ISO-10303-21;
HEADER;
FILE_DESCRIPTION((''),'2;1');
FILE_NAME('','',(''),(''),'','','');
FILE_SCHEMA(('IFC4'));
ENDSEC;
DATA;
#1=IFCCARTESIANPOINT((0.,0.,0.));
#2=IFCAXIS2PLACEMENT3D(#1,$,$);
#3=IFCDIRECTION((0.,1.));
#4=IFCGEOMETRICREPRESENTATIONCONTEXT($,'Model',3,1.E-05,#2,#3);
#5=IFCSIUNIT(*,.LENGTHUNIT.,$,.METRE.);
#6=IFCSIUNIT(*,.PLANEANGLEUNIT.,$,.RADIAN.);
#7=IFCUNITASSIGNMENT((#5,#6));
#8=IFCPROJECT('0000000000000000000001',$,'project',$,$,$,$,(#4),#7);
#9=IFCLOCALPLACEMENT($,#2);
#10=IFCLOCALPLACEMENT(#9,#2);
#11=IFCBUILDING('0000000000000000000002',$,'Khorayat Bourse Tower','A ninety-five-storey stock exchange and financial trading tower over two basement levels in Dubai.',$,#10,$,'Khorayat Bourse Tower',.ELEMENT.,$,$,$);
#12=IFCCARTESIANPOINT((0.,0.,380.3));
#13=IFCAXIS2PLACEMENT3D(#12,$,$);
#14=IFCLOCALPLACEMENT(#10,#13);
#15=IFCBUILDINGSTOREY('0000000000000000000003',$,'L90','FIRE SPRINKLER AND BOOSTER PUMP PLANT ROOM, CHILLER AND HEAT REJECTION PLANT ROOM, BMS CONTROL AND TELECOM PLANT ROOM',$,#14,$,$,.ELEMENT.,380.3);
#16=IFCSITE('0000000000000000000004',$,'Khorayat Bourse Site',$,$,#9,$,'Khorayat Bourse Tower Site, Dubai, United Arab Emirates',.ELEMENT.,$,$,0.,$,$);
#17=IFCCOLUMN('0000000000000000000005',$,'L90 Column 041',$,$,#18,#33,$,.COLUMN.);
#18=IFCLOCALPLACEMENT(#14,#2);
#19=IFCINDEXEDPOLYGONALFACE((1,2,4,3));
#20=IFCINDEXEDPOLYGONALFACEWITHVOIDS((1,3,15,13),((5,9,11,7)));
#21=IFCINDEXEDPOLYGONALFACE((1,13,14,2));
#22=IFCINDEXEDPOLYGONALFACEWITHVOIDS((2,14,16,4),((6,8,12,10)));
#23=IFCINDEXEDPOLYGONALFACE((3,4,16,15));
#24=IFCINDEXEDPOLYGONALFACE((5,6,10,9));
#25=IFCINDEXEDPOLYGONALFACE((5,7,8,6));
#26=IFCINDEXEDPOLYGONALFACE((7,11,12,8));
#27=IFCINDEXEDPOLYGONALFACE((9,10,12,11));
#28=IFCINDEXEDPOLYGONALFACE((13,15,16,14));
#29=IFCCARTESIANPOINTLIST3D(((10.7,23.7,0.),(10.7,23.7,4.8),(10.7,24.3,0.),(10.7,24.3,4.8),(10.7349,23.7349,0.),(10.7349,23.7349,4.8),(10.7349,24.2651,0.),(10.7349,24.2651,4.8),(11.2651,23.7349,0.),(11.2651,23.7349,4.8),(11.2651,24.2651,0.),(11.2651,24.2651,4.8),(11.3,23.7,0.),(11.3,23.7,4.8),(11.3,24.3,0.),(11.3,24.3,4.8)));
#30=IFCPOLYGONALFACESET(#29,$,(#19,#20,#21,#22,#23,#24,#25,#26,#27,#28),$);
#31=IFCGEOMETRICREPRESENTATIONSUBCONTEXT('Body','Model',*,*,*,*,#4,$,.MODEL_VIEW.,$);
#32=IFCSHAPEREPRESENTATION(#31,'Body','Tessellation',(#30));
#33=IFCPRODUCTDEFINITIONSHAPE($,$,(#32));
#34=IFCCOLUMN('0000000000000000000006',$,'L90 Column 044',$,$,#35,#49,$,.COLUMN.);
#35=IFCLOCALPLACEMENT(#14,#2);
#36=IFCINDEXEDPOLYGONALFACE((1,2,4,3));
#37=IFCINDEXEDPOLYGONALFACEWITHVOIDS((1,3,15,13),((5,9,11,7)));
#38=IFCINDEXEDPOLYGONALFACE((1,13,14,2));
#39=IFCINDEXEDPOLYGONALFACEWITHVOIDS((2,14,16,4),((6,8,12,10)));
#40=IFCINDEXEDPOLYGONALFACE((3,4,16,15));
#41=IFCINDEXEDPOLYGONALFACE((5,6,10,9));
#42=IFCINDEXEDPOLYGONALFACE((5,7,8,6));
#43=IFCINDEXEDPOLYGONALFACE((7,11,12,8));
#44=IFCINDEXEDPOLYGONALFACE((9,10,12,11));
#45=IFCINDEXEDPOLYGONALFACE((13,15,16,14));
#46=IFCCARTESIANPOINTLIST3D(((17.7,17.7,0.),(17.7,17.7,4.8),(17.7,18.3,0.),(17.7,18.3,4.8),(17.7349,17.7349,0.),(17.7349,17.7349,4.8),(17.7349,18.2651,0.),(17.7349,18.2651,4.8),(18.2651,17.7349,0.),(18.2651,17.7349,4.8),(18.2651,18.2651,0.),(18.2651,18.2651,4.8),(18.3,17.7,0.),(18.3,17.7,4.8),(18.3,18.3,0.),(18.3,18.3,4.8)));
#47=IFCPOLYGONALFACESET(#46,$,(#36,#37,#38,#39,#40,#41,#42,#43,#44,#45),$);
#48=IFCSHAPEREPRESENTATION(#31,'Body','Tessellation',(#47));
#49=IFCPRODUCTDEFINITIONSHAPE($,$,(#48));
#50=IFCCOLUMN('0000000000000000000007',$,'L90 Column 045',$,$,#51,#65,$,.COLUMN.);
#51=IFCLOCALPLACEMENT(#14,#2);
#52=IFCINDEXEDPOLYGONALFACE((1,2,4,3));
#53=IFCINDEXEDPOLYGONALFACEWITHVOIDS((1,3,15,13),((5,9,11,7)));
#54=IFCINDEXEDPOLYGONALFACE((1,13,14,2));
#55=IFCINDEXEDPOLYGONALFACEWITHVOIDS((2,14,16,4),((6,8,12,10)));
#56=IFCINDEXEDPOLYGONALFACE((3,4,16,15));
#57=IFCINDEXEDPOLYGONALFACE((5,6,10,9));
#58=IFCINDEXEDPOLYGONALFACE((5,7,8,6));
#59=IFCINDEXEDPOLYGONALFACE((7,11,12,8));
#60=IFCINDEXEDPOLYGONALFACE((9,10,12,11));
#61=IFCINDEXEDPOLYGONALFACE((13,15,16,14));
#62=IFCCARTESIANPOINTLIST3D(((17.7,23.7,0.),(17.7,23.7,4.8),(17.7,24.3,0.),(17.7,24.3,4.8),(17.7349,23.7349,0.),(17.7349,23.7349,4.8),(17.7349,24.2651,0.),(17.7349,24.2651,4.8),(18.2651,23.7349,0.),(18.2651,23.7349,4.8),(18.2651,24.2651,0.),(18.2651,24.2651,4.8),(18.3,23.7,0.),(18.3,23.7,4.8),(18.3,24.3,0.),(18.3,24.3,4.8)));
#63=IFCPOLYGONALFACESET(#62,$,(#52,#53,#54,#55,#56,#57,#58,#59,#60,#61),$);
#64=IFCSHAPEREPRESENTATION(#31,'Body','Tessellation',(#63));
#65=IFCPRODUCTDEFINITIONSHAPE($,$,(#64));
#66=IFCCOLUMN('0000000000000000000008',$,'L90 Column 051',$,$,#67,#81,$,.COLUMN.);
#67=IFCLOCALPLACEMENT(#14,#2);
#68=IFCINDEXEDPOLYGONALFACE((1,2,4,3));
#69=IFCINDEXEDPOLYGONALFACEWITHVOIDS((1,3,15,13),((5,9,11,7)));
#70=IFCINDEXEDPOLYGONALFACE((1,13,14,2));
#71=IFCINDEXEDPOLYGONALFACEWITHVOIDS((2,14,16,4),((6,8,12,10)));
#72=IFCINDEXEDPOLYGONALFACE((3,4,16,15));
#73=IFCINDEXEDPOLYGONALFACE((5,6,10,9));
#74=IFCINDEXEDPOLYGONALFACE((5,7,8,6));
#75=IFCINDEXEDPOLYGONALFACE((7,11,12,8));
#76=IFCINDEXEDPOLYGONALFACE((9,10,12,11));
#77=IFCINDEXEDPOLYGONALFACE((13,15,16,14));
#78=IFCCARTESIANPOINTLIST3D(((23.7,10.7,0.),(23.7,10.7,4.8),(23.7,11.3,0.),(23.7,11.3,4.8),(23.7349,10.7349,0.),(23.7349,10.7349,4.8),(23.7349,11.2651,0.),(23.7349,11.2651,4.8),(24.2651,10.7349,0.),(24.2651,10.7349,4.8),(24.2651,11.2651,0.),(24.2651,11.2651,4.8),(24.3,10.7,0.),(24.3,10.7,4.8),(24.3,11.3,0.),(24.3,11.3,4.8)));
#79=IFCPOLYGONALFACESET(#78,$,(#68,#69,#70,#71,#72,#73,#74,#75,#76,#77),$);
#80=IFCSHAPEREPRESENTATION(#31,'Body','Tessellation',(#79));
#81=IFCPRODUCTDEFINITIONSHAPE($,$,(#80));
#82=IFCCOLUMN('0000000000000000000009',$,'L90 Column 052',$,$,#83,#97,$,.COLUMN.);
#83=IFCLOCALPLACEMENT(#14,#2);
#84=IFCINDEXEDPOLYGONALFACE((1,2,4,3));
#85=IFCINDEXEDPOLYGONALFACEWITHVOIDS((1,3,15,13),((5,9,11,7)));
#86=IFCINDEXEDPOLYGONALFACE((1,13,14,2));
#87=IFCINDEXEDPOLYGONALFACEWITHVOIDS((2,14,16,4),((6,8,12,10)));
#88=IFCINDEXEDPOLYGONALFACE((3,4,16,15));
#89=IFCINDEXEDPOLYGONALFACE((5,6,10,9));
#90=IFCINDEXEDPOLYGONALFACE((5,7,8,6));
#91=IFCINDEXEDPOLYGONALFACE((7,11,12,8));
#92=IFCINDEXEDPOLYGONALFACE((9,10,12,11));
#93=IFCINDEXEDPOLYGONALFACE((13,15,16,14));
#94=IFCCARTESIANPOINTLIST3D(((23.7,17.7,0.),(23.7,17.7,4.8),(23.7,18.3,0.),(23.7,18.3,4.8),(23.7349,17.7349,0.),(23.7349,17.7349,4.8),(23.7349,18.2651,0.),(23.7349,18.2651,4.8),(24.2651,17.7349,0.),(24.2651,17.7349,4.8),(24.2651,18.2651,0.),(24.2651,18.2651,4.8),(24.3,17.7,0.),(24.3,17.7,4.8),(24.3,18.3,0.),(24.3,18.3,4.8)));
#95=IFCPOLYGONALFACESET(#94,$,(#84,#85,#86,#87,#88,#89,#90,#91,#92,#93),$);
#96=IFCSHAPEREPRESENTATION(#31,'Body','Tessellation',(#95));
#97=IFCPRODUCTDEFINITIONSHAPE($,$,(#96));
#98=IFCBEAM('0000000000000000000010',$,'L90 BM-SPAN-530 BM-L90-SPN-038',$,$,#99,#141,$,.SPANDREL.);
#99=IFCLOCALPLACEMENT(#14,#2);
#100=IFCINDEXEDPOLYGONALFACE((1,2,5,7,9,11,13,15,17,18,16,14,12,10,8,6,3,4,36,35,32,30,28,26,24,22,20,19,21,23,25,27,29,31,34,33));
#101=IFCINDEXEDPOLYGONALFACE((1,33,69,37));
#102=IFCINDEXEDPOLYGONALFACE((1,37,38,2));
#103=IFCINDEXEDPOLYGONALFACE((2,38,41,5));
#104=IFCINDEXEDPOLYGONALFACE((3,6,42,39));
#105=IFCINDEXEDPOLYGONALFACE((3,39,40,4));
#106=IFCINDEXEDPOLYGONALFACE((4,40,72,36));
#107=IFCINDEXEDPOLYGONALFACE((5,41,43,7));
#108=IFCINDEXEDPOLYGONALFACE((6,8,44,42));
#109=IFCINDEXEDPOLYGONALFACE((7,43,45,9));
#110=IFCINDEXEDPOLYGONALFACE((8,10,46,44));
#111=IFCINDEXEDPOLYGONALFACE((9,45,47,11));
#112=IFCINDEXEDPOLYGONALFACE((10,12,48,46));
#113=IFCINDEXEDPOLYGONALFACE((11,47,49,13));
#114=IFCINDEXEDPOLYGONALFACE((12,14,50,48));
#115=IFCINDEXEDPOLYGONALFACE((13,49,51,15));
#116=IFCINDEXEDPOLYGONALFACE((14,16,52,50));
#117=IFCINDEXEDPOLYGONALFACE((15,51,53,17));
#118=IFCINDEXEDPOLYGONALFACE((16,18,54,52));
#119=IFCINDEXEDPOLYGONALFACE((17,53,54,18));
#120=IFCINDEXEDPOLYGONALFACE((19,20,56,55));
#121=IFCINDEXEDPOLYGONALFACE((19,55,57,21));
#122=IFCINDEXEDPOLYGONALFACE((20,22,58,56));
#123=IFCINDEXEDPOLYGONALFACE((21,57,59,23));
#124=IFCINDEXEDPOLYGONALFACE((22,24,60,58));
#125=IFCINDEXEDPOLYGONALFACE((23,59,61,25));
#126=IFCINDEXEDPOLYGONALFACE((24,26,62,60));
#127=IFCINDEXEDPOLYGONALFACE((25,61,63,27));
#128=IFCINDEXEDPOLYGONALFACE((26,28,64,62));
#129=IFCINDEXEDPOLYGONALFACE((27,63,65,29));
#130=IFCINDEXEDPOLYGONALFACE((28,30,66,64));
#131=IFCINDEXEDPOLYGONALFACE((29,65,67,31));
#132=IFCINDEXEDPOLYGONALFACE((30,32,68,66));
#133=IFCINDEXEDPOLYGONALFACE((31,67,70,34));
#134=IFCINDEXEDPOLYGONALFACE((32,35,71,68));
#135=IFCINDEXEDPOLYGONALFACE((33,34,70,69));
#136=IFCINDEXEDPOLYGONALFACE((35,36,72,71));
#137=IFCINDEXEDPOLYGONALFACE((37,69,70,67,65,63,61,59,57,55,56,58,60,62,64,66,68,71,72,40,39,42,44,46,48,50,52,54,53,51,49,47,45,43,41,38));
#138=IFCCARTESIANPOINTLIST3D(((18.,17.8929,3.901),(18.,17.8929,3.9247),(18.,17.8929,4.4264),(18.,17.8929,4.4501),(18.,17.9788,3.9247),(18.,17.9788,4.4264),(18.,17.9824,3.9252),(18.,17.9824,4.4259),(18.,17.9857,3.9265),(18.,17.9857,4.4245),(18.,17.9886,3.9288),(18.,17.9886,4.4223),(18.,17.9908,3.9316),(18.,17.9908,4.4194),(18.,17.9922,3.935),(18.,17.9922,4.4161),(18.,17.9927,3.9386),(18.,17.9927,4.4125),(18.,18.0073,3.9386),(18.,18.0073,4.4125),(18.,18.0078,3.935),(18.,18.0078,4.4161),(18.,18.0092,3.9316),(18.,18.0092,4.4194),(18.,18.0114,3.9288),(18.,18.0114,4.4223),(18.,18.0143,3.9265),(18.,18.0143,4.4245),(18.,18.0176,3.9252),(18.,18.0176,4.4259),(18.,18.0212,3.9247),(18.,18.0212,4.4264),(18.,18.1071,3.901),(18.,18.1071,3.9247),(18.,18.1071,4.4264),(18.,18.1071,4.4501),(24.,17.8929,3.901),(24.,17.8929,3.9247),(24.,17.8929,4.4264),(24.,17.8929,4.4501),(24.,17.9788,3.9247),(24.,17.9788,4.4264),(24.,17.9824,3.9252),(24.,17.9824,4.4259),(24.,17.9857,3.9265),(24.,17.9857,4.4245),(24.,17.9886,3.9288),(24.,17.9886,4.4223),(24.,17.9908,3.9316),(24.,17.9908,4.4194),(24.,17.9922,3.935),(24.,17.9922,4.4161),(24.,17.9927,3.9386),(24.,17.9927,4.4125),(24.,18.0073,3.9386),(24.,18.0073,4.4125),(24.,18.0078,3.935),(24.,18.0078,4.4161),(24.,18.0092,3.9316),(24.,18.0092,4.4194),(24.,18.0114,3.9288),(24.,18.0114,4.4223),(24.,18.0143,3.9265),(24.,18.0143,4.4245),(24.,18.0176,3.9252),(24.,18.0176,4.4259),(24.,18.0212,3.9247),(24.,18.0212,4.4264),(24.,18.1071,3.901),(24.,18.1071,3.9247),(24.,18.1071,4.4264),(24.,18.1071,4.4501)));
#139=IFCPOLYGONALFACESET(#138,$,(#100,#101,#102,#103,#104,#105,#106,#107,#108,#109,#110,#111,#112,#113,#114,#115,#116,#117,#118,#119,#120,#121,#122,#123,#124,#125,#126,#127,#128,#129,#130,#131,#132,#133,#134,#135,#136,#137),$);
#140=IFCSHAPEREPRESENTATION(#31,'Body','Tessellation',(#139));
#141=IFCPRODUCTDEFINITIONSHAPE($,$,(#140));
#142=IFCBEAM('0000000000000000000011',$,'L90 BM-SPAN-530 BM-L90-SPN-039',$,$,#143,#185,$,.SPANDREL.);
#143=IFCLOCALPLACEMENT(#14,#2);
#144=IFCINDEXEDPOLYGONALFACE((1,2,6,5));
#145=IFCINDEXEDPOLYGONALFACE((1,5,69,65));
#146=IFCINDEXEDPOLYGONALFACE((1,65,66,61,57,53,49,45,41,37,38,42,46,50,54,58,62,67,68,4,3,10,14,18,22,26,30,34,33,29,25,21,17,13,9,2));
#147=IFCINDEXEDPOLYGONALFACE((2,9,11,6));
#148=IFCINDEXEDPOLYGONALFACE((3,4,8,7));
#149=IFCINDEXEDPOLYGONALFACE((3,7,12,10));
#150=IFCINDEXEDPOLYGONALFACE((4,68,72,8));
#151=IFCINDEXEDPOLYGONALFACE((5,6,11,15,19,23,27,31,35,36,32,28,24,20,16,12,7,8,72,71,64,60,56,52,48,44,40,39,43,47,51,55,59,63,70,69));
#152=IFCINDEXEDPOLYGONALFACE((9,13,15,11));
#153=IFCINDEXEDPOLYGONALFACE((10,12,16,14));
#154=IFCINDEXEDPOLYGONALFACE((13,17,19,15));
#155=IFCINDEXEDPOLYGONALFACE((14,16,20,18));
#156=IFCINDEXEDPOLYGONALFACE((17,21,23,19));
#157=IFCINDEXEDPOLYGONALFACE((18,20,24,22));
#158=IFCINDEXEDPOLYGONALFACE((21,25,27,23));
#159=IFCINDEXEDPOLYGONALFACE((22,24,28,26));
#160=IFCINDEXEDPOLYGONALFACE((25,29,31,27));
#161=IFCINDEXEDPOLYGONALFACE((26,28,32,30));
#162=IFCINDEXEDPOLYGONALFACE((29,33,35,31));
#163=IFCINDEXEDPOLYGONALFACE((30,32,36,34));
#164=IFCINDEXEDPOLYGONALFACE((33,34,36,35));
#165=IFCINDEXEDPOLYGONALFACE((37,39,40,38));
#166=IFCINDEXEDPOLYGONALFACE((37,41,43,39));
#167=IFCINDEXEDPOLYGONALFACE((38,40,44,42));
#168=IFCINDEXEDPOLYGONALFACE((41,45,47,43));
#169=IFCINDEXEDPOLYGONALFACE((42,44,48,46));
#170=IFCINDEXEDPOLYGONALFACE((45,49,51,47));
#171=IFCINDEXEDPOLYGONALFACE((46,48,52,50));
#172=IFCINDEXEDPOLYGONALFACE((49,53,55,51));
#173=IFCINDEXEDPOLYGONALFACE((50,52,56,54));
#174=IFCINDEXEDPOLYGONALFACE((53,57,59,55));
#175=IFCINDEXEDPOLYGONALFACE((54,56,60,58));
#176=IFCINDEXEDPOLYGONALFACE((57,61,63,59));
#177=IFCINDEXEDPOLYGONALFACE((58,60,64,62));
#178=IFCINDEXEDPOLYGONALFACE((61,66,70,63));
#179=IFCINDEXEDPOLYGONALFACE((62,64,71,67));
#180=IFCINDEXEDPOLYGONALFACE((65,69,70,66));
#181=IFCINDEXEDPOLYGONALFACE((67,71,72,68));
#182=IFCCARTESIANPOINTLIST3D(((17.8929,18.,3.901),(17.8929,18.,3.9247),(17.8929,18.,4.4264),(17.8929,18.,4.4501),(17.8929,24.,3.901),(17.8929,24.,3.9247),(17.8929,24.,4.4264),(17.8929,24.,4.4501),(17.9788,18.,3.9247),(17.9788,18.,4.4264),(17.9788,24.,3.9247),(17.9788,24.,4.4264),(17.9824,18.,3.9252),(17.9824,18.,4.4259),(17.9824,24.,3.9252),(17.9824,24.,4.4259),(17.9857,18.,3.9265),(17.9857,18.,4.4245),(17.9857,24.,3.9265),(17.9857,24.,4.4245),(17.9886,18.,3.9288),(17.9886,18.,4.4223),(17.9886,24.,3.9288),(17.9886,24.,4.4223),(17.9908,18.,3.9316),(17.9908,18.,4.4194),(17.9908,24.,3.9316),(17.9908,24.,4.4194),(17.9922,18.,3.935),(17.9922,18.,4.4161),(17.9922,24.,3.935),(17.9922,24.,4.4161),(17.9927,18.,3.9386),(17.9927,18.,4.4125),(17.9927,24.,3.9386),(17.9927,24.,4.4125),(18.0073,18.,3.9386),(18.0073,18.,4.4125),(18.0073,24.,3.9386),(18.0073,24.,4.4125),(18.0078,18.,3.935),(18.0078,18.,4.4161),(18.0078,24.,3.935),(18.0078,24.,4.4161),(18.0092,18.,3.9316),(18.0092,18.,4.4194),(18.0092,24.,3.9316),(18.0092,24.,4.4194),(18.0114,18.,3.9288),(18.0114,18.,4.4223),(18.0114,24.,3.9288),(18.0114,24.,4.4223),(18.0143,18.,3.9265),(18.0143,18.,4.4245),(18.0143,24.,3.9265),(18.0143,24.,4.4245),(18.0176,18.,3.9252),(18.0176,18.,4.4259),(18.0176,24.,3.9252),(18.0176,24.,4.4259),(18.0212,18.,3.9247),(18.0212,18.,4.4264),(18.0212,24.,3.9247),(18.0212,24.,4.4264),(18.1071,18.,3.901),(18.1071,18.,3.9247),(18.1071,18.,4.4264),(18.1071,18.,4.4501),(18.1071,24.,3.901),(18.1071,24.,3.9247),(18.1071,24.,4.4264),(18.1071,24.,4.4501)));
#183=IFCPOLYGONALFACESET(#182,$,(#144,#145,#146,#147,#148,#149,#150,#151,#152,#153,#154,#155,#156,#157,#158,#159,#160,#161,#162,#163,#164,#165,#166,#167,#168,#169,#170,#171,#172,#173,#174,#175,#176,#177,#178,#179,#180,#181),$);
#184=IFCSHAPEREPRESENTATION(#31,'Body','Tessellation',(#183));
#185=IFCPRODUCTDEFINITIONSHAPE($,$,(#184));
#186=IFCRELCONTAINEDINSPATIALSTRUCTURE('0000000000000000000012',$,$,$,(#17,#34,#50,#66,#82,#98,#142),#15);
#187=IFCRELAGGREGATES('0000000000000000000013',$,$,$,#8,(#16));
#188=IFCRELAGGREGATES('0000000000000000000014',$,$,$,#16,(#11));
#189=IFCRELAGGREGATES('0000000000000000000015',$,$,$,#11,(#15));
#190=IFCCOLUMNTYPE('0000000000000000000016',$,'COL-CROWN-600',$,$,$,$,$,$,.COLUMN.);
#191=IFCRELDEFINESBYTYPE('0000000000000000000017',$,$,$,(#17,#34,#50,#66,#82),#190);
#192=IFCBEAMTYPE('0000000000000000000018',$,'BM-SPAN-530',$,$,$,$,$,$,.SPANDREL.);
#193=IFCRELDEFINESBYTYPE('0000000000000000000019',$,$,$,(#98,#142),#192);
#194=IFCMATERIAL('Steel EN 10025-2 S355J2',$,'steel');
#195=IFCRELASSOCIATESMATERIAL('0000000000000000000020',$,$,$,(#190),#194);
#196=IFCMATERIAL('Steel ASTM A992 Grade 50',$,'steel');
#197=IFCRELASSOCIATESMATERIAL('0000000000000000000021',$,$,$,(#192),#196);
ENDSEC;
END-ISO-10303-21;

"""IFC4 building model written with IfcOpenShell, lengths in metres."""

from ifc_helpers import new_model, si_unit, direction, frame, origin, origin_2d, place, context, subcontext, project, spatial, hollow_rectangle, i_section, extrude, source, transform, mapped, material, material_profile, profile_set, type_object, element, save


model = new_model("IFC4")

# Units and contexts
model_context = context("Model", 3, precision=1e-05, world=origin(), true_north=direction((0.0, 1.0)))
body_context = subcontext(model_context, "Body", "Model", "MODEL_VIEW")
ifc_project = project(units=[si_unit("LENGTHUNIT", "METRE"), si_unit("PLANEANGLEUNIT", "RADIAN")], contexts=[model_context])

# Site, building, storey
site_placement = place(None, origin())
site = spatial("IfcSite", under=ifc_project, at=site_placement, Name="Khorayat Bourse Site", LongName="Khorayat Bourse Tower Site, Dubai, United Arab Emirates", CompositionType="ELEMENT", RefElevation=0.0)
building_placement = place(site_placement, origin())
building = spatial("IfcBuilding", under=site, at=building_placement, Name="Khorayat Bourse Tower", Description="A ninety-five-storey stock exchange and financial trading tower over two basement levels in Dubai.", LongName="Khorayat Bourse Tower", CompositionType="ELEMENT")
storey_placement = place(building_placement, frame((0.0, 0.0, 380.3)))
storey = spatial("IfcBuildingStorey", under=building, at=storey_placement, Name="L90", Description="FIRE SPRINKLER AND BOOSTER PUMP PLANT ROOM, CHILLER AND HEAT REJECTION PLANT ROOM, BMS CONTROL AND TELECOM PLANT ROOM", CompositionType="ELEMENT", Elevation=380.3)

# Columns
ifc_material_1 = material(Name="Steel EN 10025-2 S355J2", Category="steel")
ifc_material_profile_1 = material_profile(ifc_material_1, hollow_rectangle(XDim=0.6001, YDim=0.6001, WallThickness=0.0349, at=origin_2d()), Name="BOX 600x600x35")
ifc_profile_set_1 = profile_set([ifc_material_profile_1], Name="Steel EN 10025-2 S355J2")
column_type = type_object("IfcColumnType", Name="COL-CROWN-600", PredefinedType="COLUMN", material=ifc_profile_set_1)
shared_shape_1 = source(origin(), body_context, "Body", "SweptSolid", [
    extrude(hollow_rectangle(XDim=0.6001, YDim=0.6001, WallThickness=0.0349, at=origin_2d()), origin(), (0.0, 0.0, 1.0), 4.8),
])
for number, where, z_axis, x_axis, name in (
    (1, (11.0, 24.0, 0.0), (0.0, 0.0, 1.0), (1.0, 0.0, 0.0), "L90 Column 041"),
    (2, (18.0, 18.0, 0.0), (0.0, 0.0, 1.0), (1.0, 0.0, 0.0), "L90 Column 044"),
    (3, (18.0, 24.0, 0.0), (0.0, 0.0, 1.0), (1.0, 0.0, 0.0), "L90 Column 045"),
    (4, (24.0, 11.0, 0.0), (0.0, 0.0, 1.0), (1.0, 0.0, 0.0), "L90 Column 051"),
    (5, (24.0, 18.0, 0.0), (0.0, 0.0, 1.0), (1.0, 0.0, 0.0), "L90 Column 052"),
):
    element("IfcColumn", number, at=place(storey_placement, frame(where, z_axis=z_axis, x_axis=x_axis)), inside=storey, type_object=column_type, Name=name, PredefinedType="COLUMN", context=body_context, shape_type="MappedRepresentation", body=[
        mapped(shared_shape_1, transform((0.0, 0.0, 0.0), scale=1.0)),
    ])

# Beams
ifc_material_2 = material(Name="Steel ASTM A992 Grade 50", Category="steel")
ifc_material_profile_2 = material_profile(ifc_material_2, i_section(OverallWidth=0.2141, OverallDepth=0.5491, WebThickness=0.0146, FlangeThickness=0.0237, FilletRadius=0.0139, at=origin_2d()), Name="W530X138")
ifc_profile_set_2 = profile_set([ifc_material_profile_2], Name="Steel ASTM A992 Grade 50")
beam_type_1 = type_object("IfcBeamType", Name="BM-SPAN-530", PredefinedType="SPANDREL", material=ifc_profile_set_2)
shared_shape_2 = source(origin(), body_context, "Body", "SweptSolid", [
    extrude(i_section(OverallWidth=0.2141, OverallDepth=0.5491, WebThickness=0.0146, FlangeThickness=0.0237, FilletRadius=0.0139, at=origin_2d()), origin(), (0.0, 0.0, 1.0), 6.0),
])
for number, where, z_axis, x_axis, name in (
    (6, (18.0, 18.0, 4.1755), (1.0, 0.0, 0.0), (0.0, 1.0, 0.0), "L90 BM-SPAN-530 BM-L90-SPN-038"),
    (7, (18.0, 18.0, 4.1755), (0.0, 1.0, 0.0), (-1.0, 0.0, 0.0), "L90 BM-SPAN-530 BM-L90-SPN-039"),
):
    element("IfcBeam", number, at=place(storey_placement, frame(where, z_axis=z_axis, x_axis=x_axis)), inside=storey, type_object=beam_type_1, Name=name, PredefinedType="SPANDREL", context=body_context, shape_type="MappedRepresentation", body=[
        mapped(shared_shape_2, transform((0.0, 0.0, 0.0), scale=1.0)),
    ])

save(model, "model.ifc")
